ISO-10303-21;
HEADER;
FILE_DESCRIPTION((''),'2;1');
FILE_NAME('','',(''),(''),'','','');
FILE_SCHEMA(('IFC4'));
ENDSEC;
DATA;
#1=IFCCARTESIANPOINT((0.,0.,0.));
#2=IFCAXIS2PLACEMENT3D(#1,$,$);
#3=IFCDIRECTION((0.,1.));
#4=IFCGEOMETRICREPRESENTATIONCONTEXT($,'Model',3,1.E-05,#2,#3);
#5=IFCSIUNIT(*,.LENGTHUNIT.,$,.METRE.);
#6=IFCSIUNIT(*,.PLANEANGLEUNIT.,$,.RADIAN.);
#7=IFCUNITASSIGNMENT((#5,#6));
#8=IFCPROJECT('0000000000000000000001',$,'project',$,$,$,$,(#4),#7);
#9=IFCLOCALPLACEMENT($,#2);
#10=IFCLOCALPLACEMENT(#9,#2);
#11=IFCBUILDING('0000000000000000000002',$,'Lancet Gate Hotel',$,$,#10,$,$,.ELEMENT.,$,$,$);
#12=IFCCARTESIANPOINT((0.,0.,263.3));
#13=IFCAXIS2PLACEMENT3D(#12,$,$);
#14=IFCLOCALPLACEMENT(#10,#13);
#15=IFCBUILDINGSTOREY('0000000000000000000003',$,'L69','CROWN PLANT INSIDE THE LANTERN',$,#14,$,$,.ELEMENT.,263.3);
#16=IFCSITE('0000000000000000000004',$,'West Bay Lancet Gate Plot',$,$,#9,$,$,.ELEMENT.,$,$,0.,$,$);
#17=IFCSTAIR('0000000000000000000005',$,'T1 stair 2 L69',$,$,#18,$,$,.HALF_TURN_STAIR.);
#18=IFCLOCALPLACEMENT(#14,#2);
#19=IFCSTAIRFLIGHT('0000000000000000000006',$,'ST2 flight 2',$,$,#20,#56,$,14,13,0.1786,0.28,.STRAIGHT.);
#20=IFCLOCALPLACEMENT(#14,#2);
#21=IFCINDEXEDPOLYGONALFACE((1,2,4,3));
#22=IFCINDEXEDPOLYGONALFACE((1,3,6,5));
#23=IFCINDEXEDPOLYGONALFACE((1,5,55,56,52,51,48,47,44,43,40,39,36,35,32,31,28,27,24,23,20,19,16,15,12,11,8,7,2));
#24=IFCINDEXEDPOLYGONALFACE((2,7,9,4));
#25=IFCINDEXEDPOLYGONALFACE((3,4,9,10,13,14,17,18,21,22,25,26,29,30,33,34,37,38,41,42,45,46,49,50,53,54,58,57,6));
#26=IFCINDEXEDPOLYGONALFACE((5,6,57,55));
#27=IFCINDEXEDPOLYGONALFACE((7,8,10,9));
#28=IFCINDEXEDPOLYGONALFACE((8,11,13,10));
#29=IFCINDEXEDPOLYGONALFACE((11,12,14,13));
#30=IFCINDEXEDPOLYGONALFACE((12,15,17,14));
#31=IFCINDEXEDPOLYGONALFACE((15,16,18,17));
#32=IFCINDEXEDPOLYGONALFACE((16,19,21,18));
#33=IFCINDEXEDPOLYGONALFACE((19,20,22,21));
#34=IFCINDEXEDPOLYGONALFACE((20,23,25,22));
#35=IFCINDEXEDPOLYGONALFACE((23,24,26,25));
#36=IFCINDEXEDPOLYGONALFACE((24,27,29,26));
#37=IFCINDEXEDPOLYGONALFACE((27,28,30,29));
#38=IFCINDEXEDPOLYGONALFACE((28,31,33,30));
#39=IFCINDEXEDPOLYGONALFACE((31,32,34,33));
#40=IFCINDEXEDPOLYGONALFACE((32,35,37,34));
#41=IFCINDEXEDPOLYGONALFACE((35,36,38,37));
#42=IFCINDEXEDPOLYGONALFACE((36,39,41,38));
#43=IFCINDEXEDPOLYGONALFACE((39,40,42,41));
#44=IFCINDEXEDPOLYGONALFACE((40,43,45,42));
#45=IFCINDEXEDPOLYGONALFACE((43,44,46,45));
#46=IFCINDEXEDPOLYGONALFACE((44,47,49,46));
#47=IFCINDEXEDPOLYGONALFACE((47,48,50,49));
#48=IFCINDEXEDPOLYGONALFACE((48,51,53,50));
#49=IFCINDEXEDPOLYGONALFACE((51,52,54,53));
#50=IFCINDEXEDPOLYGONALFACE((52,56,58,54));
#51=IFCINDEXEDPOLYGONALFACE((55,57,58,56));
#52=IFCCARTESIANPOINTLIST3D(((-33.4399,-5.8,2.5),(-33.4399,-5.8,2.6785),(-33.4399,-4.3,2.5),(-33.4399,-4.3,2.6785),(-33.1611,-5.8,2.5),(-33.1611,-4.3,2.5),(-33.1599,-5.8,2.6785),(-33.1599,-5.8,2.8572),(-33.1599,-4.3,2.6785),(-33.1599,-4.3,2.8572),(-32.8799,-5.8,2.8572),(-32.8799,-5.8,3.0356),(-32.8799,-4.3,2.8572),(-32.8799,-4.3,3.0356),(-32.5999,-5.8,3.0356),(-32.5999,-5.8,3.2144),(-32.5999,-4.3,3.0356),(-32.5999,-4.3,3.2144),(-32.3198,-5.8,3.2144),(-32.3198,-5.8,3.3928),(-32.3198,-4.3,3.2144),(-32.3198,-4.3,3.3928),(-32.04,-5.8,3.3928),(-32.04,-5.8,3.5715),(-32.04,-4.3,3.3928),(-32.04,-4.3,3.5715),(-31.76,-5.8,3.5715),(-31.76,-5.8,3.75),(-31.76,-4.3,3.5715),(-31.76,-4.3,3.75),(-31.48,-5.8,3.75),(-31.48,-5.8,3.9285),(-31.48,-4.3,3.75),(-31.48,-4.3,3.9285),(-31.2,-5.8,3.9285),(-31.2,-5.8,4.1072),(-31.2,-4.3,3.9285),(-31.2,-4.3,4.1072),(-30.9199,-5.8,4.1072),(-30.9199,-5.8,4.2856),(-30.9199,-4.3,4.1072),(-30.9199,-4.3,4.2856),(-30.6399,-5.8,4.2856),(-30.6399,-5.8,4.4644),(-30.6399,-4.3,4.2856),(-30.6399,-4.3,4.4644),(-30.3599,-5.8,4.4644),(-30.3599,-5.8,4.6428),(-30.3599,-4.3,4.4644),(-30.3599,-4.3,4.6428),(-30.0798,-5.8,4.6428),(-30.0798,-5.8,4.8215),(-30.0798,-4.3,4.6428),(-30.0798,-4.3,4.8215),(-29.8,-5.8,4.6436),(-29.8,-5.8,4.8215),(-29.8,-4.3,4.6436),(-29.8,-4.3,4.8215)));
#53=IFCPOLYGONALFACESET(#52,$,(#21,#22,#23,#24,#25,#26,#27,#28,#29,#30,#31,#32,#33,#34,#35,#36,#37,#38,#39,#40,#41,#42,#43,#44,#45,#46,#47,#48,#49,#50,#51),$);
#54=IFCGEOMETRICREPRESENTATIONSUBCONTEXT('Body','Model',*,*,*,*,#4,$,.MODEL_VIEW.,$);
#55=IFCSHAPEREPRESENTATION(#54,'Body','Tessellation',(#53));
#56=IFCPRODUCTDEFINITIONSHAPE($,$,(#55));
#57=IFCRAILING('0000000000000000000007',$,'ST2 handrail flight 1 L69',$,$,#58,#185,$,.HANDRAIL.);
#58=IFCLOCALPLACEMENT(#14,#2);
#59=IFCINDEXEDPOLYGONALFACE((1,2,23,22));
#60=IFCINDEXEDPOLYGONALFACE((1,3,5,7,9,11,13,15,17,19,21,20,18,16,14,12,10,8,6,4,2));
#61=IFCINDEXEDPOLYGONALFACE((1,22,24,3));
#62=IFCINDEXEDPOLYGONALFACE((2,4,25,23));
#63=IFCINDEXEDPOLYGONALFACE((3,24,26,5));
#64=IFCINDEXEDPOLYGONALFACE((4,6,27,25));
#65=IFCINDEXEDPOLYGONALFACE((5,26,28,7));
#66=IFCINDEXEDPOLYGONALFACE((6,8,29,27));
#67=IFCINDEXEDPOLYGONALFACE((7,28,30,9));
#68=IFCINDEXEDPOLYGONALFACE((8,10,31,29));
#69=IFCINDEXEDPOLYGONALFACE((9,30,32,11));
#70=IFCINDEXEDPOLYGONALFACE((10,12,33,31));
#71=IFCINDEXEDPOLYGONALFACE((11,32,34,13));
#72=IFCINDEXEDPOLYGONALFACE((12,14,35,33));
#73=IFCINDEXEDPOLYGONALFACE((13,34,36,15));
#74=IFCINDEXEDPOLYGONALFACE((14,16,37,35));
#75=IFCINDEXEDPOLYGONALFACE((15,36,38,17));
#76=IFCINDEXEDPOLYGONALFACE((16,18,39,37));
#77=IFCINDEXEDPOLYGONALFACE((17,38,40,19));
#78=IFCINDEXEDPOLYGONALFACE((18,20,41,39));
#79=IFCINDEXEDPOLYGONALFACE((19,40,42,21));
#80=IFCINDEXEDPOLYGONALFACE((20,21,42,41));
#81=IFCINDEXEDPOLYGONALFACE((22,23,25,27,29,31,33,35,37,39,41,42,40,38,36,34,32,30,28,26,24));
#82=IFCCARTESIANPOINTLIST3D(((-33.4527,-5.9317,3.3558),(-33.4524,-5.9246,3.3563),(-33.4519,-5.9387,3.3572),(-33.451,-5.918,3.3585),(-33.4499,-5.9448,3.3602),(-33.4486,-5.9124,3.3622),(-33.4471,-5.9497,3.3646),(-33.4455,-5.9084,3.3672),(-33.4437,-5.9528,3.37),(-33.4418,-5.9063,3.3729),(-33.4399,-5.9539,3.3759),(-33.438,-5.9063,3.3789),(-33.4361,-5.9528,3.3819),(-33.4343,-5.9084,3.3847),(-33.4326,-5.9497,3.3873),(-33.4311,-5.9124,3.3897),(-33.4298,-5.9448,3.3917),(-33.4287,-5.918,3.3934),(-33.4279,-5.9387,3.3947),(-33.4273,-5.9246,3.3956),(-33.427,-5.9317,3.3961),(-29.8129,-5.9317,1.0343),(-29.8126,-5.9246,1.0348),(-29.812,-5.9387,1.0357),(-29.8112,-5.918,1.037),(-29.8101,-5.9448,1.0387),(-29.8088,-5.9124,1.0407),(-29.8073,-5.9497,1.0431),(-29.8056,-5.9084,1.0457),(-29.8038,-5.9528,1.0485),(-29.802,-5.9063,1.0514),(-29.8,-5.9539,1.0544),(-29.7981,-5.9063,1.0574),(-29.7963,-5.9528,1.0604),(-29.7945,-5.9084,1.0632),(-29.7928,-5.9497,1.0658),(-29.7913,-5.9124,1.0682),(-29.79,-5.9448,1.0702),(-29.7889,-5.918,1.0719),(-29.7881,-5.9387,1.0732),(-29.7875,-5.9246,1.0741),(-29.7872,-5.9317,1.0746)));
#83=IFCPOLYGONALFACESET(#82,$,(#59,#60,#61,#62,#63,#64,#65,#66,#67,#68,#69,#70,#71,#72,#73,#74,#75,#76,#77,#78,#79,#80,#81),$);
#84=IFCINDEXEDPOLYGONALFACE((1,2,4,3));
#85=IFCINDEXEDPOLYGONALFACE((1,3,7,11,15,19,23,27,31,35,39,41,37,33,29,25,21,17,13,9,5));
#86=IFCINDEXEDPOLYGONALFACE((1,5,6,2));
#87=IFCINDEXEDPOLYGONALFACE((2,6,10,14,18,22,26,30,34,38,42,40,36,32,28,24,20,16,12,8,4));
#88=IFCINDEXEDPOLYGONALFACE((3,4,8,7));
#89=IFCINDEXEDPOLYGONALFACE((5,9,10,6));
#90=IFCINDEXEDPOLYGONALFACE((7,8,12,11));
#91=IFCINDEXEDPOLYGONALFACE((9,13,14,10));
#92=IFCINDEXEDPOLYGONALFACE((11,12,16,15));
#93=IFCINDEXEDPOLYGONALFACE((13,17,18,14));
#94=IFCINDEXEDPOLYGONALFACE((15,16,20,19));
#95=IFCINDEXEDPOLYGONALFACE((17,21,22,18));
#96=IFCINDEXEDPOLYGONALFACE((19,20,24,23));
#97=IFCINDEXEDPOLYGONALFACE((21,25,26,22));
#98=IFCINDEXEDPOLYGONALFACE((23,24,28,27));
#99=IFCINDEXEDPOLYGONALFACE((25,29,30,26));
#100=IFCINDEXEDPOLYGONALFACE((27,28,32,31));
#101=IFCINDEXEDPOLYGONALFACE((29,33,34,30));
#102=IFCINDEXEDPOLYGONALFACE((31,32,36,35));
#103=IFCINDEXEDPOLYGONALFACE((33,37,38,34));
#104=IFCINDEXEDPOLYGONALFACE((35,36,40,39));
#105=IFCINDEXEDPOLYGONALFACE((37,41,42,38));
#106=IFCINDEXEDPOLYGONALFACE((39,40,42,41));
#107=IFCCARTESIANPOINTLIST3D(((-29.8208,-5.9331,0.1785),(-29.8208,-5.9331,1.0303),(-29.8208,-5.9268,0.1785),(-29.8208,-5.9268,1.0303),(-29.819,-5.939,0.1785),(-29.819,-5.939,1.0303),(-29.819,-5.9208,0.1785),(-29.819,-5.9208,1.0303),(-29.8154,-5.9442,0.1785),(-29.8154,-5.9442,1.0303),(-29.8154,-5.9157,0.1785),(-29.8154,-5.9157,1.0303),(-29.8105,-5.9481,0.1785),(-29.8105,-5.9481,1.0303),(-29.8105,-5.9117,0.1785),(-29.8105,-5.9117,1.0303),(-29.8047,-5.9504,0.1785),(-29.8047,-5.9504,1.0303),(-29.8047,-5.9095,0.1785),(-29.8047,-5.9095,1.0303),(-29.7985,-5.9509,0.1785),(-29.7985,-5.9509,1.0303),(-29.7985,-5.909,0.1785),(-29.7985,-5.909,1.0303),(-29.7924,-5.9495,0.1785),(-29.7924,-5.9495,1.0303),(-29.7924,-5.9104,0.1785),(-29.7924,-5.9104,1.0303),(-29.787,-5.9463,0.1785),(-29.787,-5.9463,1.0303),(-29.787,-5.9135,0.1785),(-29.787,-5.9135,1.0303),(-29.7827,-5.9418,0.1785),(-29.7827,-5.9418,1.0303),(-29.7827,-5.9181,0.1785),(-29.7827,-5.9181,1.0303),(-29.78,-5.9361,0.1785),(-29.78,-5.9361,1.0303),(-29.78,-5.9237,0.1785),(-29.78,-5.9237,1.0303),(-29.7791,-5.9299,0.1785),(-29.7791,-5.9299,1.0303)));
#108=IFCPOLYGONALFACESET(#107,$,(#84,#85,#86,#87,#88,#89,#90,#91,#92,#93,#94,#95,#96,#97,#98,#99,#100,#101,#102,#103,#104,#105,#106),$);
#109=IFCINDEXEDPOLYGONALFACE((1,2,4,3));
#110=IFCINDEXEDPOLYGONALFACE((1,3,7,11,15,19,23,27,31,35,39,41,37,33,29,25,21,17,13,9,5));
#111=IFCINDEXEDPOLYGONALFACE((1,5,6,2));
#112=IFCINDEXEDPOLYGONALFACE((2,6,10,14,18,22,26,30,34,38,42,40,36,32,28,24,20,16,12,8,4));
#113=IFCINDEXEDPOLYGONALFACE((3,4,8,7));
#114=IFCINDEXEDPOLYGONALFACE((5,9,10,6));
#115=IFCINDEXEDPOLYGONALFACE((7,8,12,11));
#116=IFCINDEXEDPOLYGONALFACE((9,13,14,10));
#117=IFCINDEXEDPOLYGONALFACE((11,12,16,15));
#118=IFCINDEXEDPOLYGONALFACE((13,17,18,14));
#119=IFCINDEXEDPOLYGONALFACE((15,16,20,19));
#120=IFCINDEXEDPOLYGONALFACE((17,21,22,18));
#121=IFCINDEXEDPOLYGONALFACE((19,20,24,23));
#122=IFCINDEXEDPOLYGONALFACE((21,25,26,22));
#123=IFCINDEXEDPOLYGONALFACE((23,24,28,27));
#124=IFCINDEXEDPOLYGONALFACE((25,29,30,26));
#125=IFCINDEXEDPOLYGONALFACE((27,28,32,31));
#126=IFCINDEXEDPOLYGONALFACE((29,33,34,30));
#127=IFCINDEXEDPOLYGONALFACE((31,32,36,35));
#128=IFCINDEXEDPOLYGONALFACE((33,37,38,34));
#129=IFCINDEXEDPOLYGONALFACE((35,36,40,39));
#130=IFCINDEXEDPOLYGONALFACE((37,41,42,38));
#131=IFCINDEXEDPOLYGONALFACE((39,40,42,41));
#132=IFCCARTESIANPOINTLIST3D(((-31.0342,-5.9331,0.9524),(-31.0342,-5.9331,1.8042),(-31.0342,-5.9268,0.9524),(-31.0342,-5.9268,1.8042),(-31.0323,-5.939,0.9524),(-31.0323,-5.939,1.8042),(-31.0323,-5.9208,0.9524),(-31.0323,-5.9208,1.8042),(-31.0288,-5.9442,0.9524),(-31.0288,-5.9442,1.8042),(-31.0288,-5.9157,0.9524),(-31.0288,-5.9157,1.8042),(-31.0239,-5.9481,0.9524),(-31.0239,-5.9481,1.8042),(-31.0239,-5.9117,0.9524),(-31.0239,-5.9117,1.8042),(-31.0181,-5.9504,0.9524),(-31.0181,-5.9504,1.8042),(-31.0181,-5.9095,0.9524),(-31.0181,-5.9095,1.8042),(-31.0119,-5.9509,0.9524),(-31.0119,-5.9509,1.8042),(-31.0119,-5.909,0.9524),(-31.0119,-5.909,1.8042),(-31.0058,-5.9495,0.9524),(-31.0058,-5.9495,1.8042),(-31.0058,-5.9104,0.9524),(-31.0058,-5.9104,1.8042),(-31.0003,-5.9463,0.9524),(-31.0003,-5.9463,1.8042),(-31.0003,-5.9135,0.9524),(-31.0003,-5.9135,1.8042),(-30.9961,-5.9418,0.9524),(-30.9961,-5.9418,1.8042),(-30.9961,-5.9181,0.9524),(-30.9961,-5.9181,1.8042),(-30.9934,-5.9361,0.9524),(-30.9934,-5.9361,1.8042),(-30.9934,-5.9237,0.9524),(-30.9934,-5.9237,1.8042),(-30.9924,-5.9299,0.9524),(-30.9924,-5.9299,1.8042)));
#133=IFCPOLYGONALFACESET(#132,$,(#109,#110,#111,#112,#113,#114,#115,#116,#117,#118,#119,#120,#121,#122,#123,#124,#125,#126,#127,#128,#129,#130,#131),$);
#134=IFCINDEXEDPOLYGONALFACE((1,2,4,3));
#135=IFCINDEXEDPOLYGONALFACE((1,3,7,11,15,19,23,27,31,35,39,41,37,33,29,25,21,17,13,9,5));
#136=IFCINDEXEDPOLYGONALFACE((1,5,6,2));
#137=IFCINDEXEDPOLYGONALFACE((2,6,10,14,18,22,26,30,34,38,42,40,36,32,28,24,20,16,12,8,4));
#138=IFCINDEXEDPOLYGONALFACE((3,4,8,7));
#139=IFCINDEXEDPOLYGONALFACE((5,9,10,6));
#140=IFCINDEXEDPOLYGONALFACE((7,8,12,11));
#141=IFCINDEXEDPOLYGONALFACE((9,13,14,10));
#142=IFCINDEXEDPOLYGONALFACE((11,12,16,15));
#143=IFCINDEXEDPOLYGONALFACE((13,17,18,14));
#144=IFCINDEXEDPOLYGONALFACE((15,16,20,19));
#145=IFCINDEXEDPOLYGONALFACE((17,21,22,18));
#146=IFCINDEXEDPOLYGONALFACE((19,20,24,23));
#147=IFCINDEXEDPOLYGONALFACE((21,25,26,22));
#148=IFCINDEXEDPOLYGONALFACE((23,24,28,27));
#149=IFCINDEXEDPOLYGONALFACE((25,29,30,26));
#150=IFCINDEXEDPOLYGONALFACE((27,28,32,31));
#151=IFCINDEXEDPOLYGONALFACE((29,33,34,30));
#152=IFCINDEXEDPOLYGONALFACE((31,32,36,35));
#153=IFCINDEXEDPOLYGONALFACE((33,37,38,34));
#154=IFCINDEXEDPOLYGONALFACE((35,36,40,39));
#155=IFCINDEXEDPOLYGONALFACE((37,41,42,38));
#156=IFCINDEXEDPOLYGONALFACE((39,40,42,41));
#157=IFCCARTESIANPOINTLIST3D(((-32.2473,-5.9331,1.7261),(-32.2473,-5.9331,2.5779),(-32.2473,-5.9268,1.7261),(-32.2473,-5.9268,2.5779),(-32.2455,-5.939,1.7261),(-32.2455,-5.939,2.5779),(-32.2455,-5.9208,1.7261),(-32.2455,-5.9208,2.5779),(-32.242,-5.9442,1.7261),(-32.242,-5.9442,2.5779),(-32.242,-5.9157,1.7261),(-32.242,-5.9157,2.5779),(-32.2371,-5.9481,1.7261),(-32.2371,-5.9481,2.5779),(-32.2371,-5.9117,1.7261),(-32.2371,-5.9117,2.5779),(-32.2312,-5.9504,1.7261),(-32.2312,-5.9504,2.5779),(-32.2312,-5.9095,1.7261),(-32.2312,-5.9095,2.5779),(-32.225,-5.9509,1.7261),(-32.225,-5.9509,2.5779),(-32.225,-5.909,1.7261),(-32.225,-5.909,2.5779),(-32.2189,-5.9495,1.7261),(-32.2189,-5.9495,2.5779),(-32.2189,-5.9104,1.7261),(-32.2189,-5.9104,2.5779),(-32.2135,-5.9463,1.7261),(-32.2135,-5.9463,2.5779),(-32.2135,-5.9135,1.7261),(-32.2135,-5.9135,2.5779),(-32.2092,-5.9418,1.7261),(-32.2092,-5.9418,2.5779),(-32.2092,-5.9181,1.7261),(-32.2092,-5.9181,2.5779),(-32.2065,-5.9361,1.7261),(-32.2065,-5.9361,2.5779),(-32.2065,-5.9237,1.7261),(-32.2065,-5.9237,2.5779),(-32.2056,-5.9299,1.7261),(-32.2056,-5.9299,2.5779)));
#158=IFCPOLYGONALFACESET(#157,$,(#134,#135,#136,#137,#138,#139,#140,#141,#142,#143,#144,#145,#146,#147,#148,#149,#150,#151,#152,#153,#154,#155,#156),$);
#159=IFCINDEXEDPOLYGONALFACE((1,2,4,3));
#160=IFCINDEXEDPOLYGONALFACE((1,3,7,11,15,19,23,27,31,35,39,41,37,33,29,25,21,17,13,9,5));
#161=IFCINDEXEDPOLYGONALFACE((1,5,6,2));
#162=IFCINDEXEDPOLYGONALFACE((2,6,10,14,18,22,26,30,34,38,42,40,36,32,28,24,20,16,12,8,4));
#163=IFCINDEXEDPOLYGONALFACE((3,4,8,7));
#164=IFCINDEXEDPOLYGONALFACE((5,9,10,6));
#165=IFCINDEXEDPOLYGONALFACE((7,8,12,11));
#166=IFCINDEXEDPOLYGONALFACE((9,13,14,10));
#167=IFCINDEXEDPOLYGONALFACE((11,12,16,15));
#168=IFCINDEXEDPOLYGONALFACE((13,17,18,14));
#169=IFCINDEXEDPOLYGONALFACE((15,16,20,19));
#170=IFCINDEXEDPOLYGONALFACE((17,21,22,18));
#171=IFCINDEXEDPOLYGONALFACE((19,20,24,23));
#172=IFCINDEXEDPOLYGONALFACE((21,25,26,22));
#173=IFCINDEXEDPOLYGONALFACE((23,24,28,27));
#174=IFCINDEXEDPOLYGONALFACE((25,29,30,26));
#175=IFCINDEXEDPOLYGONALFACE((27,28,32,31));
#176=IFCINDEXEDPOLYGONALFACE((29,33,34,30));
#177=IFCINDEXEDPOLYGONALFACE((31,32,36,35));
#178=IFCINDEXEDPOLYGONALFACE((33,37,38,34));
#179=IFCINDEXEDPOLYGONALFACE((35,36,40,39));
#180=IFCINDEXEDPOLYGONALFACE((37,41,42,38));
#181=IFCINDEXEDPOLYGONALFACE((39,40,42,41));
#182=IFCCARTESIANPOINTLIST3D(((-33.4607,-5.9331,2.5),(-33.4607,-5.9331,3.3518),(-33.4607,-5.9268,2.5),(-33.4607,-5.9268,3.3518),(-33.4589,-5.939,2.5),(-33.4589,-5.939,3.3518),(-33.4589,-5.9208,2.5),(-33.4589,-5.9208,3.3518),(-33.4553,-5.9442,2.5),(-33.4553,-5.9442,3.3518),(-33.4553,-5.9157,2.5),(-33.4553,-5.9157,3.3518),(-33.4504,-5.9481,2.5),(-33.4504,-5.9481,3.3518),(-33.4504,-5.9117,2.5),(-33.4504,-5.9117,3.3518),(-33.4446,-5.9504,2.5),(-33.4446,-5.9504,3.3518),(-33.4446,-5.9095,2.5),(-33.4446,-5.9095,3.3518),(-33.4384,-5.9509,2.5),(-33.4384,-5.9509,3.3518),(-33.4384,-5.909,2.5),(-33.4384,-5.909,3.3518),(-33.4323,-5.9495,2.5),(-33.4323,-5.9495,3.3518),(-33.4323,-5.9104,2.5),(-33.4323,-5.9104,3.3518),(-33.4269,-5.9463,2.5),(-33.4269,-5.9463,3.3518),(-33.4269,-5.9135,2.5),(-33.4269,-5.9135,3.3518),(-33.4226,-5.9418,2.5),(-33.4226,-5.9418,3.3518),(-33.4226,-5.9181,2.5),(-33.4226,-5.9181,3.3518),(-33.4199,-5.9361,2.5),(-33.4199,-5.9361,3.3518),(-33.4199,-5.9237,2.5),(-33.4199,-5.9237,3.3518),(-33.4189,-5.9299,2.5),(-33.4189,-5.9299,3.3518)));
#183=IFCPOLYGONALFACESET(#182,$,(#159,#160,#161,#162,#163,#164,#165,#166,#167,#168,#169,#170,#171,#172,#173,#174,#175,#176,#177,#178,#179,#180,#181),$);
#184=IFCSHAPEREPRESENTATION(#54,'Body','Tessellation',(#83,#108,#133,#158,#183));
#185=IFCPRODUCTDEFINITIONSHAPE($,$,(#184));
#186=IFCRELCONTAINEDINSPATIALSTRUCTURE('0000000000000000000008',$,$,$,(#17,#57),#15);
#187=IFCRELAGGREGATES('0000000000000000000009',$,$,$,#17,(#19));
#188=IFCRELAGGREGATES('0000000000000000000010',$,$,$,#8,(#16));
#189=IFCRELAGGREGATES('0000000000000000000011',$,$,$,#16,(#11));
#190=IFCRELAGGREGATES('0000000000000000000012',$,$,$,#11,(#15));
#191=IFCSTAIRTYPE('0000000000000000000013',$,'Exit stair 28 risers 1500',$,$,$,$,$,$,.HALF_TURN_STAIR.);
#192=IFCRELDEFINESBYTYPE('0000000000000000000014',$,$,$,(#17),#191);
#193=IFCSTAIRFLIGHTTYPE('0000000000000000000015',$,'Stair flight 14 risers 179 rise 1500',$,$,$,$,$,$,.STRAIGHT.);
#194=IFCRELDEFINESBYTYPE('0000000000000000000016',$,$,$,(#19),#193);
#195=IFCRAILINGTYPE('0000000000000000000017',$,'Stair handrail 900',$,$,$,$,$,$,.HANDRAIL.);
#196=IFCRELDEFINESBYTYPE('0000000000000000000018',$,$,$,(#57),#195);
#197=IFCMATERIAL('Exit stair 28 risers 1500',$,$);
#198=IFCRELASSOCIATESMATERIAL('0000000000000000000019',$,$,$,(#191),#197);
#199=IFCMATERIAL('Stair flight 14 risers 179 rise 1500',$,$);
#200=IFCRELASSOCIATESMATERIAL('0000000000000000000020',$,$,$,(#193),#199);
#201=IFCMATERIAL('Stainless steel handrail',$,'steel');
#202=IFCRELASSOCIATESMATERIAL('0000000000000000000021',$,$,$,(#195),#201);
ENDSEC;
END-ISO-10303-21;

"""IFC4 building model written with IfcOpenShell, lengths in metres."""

from ifc_helpers import new_model, si_unit, direction, frame, origin, origin_2d, place, context, subcontext, project, spatial, polyline, circle, outline, extrude, material, type_object, element, aggregate, save


model = new_model("IFC4")

# Units and contexts
model_context = context("Model", 3, precision=1e-05, world=origin(), true_north=direction((0.0, 1.0)))
body_context = subcontext(model_context, "Body", "Model", "MODEL_VIEW")
ifc_project = project(units=[si_unit("LENGTHUNIT", "METRE"), si_unit("PLANEANGLEUNIT", "RADIAN")], contexts=[model_context])

# Site, building, storey
site_placement = place(None, origin())
site = spatial("IfcSite", under=ifc_project, at=site_placement, Name="West Bay Lancet Gate Plot", CompositionType="ELEMENT", RefElevation=0.0)
building_placement = place(site_placement, origin())
building = spatial("IfcBuilding", under=site, at=building_placement, Name="Lancet Gate Hotel", CompositionType="ELEMENT")
storey_placement = place(building_placement, frame((0.0, 0.0, 263.3)))
storey = spatial("IfcBuildingStorey", under=building, at=storey_placement, Name="L69", Description="CROWN PLANT INSIDE THE LANTERN", CompositionType="ELEMENT", Elevation=263.3)

# Stair, stair flight
ifc_material_1 = material(Name="Exit stair 28 risers 1500")
stair_type = type_object("IfcStairType", Name="Exit stair 28 risers 1500", PredefinedType="HALF_TURN_STAIR", material=ifc_material_1)
stair_placement = place(storey_placement, origin())
stair = element("IfcStair", 1, at=stair_placement, inside=storey, type_object=stair_type, Name="T1 stair 2 L69", PredefinedType="HALF_TURN_STAIR")
ifc_material_2 = material(Name="Stair flight 14 risers 179 rise 1500")
stair_flight_type = type_object("IfcStairFlightType", Name="Stair flight 14 risers 179 rise 1500", PredefinedType="STRAIGHT", material=ifc_material_2)
stair_flight_1_placement = place(storey_placement, frame((-33.4399, -5.05, 2.5), z_axis=(0.0, 0.0, 1.0), x_axis=(1.0, 0.0, 0.0)))
stair_flight_1 = element("IfcStairFlight", 2, at=stair_flight_1_placement, type_object=stair_flight_type, Name="ST2 flight 2", NumberOfRisers=14, NumberOfTreads=13, PredefinedType="STRAIGHT", RiserHeight=0.1786, TreadLength=0.28, context=body_context, shape_type="SweptSolid", body=[
    extrude(outline(polyline([(0.0, 0.0), (0.0, 0.1785), (0.28, 0.1785), (0.28, 0.3572), (0.5601, 0.3572), (0.5601, 0.5356), (0.8401, 0.5356), (0.8401, 0.7144), (1.1201, 0.7144), (1.1201, 0.8928), (1.3999, 0.8928), (1.3999, 1.0715), (1.6799, 1.0715), (1.6799, 1.25), (1.96, 1.25), (1.96, 1.4285), (2.24, 1.4285), (2.24, 1.6072), (2.52, 1.6072), (2.52, 1.7856), (2.8, 1.7856), (2.8, 1.9644), (3.0801, 1.9644), (3.0801, 2.1428), (3.3601, 2.1428), (3.3601, 2.3215), (3.6399, 2.3215), (3.6399, 2.5), (3.6399, 2.1436), (0.2788, 0.0), (0.0, 0.0)])), frame((0.0, 0.75, 0.0), z_axis=(0.0, -1.0, 0.0), x_axis=(1.0, 0.0, 0.0)), (0.0, 0.0, 1.0), 1.5),
])
aggregate(stair, [stair_flight_1])

# Railing
ifc_material_3 = material(Name="Stainless steel handrail", Category="steel")
railing_type = type_object("IfcRailingType", Name="Stair handrail 900", PredefinedType="HANDRAIL", material=ifc_material_3)
railing_1_placement = place(storey_placement, frame((-29.8, -5.9299, 0.1785)))
element("IfcRailing", 3, at=railing_1_placement, inside=storey, type_object=railing_type, Name="ST2 handrail flight 1 L69", PredefinedType="HANDRAIL", context=body_context, shape_type="SweptSolid", body=[
    extrude(circle(Radius=0.0239, at=origin_2d()), frame((0.0, 0.0, 0.876), z_axis=(-0.843112, 0.0, 0.537739), x_axis=(0.0, -1.0, 0.0)), (0.0, 0.0, 1.0), 4.3171),
    extrude(circle(Radius=0.021, at=origin_2d()), origin(), (0.0, 0.0, 1.0), 0.8518),
    extrude(circle(Radius=0.021, at=origin_2d()), frame((-1.2134, 0.0, 0.7739)), (0.0, 0.0, 1.0), 0.8518),
    extrude(circle(Radius=0.021, at=origin_2d()), frame((-2.4265, 0.0, 1.5476)), (0.0, 0.0, 1.0), 0.8518),
    extrude(circle(Radius=0.021, at=origin_2d()), frame((-3.6399, 0.0, 2.3215)), (0.0, 0.0, 1.0), 0.8518),
])

save(model, "model.ifc")
